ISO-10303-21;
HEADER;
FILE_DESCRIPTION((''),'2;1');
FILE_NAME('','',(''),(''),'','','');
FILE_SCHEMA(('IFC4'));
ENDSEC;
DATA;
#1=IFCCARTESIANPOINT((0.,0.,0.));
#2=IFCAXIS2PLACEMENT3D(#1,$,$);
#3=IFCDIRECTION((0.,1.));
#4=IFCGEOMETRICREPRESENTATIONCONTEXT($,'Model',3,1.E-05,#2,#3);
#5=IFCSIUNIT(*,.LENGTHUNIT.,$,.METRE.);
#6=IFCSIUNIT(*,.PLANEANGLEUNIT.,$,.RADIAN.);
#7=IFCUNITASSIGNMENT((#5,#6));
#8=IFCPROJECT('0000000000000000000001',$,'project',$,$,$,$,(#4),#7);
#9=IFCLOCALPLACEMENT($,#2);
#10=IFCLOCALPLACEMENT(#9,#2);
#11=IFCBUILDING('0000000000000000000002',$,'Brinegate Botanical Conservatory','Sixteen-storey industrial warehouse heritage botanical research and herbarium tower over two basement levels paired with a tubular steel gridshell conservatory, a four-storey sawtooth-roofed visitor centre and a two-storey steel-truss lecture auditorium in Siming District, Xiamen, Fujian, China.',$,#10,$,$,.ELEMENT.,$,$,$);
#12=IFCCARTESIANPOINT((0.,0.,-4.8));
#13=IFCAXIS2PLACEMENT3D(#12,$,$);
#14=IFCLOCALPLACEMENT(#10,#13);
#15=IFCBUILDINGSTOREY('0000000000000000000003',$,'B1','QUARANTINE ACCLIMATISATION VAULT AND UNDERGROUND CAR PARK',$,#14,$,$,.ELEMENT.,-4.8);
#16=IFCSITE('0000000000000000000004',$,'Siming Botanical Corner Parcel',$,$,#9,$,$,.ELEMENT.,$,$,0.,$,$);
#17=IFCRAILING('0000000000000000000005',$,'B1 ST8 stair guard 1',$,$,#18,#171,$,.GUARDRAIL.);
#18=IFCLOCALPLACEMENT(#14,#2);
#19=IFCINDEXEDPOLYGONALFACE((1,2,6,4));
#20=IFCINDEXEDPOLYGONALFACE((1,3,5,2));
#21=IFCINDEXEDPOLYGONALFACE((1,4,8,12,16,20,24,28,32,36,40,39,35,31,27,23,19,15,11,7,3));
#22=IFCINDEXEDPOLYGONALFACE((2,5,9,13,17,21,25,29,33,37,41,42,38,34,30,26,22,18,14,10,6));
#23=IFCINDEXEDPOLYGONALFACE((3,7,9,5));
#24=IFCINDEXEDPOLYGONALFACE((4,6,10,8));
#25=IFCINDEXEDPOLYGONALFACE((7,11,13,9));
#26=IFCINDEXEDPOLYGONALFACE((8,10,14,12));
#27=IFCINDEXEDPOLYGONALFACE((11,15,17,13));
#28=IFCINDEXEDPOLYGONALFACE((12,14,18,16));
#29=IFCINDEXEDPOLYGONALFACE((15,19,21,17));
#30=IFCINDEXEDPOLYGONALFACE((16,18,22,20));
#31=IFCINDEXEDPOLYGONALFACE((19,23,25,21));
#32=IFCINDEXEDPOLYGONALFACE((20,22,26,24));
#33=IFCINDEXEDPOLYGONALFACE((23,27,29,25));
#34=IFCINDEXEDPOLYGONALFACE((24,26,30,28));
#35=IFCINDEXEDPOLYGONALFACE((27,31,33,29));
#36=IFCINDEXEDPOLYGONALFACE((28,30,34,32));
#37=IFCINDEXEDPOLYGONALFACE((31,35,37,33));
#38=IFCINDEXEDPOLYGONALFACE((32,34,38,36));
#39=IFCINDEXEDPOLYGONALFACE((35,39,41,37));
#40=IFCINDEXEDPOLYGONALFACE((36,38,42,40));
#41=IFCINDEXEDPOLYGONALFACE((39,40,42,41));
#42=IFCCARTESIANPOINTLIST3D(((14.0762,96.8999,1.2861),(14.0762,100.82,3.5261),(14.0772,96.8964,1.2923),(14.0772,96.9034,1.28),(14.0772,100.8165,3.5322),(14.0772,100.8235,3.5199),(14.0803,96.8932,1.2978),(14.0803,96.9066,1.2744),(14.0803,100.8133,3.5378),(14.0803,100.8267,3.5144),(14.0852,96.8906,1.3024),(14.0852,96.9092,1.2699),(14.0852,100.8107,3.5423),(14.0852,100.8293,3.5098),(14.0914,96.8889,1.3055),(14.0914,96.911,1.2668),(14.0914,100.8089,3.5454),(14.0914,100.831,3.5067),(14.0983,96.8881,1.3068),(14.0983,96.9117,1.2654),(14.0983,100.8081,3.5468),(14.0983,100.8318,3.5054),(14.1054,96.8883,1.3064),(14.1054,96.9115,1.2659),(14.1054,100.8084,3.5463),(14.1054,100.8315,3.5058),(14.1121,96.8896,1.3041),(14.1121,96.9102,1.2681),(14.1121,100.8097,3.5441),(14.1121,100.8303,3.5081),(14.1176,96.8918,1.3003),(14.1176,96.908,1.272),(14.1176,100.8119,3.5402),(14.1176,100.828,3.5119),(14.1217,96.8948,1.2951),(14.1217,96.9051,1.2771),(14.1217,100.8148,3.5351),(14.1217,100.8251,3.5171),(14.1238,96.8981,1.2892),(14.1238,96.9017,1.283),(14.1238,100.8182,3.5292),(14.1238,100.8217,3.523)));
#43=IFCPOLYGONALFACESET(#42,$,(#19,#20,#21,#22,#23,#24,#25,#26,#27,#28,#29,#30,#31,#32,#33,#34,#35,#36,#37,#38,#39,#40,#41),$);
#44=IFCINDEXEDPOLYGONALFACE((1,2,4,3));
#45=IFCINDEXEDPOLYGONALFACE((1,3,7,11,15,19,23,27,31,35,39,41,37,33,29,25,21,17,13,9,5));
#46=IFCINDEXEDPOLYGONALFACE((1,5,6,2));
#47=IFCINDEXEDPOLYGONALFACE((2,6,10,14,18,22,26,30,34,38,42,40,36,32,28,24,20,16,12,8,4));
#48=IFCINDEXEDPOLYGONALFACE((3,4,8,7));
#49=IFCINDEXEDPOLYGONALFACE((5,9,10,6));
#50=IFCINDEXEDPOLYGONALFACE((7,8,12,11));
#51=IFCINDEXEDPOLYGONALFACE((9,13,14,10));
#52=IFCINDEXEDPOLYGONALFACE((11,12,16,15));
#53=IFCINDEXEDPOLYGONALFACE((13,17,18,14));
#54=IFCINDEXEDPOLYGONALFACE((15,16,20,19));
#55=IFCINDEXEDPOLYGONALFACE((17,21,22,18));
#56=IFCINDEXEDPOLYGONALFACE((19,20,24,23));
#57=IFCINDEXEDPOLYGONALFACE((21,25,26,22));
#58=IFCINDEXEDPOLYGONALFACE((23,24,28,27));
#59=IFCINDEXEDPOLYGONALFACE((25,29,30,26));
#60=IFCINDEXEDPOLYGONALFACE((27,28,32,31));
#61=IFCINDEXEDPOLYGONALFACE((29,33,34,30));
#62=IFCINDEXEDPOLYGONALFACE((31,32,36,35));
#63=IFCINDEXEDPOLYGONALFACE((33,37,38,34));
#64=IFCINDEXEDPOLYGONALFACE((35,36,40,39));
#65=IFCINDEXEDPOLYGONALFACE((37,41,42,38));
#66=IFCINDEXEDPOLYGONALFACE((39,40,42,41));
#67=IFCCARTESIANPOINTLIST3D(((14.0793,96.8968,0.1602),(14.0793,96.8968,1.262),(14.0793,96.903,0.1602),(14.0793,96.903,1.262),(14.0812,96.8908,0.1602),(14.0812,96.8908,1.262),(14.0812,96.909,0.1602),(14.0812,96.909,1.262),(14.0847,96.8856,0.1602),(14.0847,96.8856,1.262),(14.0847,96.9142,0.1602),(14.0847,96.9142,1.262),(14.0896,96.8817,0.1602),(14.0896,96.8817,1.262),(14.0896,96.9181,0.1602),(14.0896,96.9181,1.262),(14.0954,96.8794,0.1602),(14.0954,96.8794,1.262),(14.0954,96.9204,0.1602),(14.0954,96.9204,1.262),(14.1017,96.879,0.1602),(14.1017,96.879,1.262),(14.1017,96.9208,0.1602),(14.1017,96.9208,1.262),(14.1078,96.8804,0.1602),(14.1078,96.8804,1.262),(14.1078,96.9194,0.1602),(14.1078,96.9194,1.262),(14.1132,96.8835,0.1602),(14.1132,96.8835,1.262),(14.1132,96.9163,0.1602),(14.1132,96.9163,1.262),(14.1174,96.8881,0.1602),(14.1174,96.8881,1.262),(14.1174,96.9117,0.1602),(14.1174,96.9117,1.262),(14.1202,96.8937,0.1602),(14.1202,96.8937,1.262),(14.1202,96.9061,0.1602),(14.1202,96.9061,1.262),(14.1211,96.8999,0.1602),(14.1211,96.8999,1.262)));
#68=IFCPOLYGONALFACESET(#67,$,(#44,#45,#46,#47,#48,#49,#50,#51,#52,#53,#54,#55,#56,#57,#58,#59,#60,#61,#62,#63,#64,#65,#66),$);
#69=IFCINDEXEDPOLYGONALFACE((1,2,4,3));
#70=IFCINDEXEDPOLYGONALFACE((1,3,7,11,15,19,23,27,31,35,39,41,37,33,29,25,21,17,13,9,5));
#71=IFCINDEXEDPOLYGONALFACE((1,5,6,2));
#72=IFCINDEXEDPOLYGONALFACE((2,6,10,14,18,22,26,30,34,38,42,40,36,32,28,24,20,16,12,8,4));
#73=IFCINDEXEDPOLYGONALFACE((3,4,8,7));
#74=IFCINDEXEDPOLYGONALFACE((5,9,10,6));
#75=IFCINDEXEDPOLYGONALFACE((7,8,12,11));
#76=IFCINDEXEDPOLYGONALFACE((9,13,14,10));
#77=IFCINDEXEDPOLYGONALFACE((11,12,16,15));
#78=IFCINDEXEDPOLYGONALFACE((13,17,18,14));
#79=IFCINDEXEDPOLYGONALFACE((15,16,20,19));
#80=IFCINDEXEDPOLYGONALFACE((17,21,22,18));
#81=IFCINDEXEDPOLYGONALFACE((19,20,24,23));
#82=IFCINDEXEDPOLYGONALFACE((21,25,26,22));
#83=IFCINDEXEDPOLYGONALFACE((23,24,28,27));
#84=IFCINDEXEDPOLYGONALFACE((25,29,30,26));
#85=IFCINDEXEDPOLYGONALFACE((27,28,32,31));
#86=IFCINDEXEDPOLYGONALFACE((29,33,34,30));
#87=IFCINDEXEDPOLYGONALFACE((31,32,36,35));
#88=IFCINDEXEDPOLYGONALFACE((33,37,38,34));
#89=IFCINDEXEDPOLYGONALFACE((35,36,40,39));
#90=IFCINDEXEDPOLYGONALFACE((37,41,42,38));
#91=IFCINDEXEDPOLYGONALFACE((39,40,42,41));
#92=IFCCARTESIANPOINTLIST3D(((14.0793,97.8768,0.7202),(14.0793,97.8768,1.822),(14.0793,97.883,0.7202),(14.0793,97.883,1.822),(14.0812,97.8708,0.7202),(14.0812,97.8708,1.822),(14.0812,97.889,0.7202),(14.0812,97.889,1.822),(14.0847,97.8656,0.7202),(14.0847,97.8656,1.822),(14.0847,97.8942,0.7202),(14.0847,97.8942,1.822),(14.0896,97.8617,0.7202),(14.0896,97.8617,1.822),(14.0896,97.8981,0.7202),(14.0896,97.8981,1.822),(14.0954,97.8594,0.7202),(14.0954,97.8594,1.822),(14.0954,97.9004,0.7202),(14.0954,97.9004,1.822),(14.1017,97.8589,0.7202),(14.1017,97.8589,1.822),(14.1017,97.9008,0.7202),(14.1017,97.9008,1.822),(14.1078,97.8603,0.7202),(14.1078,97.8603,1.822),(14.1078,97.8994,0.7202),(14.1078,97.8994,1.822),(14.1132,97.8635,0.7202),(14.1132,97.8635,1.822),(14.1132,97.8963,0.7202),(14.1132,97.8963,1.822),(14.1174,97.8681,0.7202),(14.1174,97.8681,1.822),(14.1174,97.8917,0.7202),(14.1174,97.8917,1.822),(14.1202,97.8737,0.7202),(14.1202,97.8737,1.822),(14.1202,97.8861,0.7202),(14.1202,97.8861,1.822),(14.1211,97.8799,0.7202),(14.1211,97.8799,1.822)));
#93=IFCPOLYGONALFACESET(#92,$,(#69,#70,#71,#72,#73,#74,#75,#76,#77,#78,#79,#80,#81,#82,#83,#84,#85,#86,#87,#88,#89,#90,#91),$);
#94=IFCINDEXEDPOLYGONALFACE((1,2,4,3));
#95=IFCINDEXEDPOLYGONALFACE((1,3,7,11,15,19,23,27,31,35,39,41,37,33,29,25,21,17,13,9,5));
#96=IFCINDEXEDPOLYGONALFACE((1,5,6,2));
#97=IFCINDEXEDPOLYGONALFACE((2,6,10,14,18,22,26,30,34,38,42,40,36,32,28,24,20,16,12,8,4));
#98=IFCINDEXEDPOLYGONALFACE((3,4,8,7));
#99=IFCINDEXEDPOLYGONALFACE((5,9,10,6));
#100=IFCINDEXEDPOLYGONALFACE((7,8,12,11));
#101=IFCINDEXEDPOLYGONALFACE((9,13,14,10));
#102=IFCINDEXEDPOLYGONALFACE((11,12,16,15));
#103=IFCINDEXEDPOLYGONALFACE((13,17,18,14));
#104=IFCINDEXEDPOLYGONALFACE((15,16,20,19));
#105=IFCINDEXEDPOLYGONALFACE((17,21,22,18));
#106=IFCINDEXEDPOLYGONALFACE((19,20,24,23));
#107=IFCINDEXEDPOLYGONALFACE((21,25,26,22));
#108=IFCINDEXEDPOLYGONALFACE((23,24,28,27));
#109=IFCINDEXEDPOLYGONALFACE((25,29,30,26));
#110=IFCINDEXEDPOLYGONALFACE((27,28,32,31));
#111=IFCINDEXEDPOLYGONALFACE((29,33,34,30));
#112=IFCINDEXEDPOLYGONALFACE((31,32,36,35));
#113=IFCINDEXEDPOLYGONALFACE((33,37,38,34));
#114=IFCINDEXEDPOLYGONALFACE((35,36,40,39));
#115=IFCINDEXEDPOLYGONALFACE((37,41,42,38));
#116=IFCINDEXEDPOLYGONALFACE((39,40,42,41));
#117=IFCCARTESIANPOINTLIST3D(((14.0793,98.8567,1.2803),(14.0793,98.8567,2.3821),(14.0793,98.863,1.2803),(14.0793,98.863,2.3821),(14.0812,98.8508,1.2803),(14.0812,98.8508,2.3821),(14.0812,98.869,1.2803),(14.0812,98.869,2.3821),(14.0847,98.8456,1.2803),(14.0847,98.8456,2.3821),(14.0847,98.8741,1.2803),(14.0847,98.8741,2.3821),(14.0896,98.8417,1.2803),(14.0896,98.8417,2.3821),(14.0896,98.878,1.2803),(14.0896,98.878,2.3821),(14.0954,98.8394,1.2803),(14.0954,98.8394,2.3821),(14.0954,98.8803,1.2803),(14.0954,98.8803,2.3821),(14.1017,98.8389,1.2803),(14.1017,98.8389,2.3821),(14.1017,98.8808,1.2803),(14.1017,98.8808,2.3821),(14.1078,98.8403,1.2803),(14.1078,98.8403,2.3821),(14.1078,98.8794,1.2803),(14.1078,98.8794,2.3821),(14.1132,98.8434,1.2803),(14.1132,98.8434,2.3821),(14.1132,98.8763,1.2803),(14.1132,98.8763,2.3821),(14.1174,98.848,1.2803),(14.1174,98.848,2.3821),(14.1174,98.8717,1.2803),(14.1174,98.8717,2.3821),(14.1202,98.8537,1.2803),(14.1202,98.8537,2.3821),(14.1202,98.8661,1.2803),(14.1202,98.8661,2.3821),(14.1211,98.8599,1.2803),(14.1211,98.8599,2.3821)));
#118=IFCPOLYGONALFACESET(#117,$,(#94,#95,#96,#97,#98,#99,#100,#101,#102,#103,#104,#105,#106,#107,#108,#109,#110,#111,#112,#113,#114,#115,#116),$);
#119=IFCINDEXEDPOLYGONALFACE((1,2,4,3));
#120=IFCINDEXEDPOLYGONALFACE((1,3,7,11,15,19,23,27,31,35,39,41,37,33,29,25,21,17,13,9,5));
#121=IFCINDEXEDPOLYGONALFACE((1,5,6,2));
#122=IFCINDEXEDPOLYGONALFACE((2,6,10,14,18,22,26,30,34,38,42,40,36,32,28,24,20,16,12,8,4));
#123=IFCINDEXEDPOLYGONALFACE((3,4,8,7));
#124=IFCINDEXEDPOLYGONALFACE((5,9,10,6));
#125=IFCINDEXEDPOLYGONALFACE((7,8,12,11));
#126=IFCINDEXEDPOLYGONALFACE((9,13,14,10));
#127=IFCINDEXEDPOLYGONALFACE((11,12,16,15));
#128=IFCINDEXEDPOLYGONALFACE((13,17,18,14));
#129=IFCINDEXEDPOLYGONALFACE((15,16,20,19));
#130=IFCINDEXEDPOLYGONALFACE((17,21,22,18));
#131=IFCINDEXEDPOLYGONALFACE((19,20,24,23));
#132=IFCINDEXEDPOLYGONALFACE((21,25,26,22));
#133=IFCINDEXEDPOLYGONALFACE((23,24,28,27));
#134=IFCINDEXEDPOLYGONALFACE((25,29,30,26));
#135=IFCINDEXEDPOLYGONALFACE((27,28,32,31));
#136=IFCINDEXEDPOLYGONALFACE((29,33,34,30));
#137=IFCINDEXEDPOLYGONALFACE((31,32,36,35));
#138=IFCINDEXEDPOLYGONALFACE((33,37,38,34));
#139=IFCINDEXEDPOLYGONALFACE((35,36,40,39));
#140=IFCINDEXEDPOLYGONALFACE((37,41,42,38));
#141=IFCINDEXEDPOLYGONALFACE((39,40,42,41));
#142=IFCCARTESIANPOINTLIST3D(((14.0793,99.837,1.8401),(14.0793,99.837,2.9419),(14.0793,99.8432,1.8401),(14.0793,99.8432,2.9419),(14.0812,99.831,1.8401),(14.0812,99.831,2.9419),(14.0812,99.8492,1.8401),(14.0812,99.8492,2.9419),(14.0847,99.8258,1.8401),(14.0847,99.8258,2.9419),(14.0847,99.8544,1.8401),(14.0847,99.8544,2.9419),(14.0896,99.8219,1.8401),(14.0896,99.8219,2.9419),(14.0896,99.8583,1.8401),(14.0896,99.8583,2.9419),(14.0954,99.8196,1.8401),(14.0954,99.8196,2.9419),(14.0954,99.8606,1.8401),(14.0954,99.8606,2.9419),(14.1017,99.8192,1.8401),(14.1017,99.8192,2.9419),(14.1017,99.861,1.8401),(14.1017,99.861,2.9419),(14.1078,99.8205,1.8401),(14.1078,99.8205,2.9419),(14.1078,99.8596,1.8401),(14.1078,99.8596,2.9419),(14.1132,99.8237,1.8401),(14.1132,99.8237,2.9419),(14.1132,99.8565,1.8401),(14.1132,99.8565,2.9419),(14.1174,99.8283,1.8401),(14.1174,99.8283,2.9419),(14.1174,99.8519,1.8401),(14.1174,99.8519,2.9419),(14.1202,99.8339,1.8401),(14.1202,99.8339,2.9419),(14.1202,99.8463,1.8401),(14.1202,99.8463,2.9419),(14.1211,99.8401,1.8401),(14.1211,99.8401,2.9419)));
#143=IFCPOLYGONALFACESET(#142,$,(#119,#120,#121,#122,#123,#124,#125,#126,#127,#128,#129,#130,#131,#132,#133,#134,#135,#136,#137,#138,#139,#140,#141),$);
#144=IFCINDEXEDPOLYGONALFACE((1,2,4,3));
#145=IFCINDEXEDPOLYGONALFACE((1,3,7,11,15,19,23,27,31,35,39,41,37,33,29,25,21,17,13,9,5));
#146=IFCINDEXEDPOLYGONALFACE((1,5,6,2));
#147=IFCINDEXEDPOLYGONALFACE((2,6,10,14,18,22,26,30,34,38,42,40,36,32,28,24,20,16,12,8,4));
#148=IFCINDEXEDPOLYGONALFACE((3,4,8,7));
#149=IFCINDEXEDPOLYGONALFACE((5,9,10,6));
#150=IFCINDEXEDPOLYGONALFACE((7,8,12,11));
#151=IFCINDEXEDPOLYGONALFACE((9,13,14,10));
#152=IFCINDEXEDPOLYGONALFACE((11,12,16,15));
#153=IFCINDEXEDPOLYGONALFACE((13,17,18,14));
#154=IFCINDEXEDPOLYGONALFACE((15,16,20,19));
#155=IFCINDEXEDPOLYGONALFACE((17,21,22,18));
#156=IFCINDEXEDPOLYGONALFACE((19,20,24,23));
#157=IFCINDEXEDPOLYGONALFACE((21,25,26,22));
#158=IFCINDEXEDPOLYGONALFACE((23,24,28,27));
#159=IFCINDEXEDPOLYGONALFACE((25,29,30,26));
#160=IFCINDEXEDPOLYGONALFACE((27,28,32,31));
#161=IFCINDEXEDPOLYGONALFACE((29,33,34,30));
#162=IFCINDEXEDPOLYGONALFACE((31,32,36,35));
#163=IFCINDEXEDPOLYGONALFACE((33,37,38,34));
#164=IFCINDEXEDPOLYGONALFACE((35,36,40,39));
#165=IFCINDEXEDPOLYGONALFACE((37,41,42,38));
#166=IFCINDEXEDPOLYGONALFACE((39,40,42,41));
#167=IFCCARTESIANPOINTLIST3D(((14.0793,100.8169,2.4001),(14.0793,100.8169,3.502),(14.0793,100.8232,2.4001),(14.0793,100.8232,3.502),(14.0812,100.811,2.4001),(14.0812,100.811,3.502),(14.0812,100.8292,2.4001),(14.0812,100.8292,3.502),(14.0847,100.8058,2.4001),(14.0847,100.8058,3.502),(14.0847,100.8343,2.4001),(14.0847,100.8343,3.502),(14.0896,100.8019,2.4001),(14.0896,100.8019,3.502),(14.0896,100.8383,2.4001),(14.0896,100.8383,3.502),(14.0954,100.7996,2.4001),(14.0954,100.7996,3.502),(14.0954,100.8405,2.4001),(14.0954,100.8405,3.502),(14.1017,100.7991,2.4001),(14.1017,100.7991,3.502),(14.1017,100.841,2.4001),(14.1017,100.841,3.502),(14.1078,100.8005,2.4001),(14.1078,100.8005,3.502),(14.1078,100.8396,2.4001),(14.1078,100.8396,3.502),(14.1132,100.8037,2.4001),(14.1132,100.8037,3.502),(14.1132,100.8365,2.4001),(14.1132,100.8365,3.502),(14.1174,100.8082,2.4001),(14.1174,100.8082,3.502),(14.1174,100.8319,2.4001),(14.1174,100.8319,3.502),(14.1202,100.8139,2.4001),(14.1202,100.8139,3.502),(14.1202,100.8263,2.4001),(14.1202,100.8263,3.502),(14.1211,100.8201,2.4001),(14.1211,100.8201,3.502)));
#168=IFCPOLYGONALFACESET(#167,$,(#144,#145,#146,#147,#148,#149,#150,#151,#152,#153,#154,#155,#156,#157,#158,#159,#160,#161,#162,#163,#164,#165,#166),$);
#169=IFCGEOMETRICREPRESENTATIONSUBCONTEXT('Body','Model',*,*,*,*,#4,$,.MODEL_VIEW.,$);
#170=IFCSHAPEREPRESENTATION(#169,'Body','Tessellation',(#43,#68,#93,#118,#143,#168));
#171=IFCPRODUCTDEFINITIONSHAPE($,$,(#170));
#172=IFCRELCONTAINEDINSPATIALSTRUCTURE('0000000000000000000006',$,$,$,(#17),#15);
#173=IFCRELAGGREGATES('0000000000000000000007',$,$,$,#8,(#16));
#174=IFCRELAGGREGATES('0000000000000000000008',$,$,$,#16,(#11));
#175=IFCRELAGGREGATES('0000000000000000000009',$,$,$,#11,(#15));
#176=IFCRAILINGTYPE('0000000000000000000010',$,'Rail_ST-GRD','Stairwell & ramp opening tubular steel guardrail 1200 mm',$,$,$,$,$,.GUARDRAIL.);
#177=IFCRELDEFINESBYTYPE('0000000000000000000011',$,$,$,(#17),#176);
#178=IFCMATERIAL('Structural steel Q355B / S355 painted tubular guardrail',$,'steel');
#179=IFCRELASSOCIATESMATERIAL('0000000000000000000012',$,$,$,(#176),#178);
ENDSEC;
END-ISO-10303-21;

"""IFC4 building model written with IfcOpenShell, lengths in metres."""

from ifc_helpers import new_model, si_unit, direction, frame, origin, origin_2d, place, context, subcontext, project, spatial, circle, extrude, material, type_object, element, save


model = new_model("IFC4")

# Units and contexts
model_context = context("Model", 3, precision=1e-05, world=origin(), true_north=direction((0.0, 1.0)))
body_context = subcontext(model_context, "Body", "Model", "MODEL_VIEW")
ifc_project = project(units=[si_unit("LENGTHUNIT", "METRE"), si_unit("PLANEANGLEUNIT", "RADIAN")], contexts=[model_context])

# Site, building, storey
site_placement = place(None, origin())
site = spatial("IfcSite", under=ifc_project, at=site_placement, Name="Siming Botanical Corner Parcel", CompositionType="ELEMENT", RefElevation=0.0)
building_placement = place(site_placement, origin())
building = spatial("IfcBuilding", under=site, at=building_placement, Name="Brinegate Botanical Conservatory", Description="Sixteen-storey industrial warehouse heritage botanical research and herbarium tower over two basement levels paired with a tubular steel gridshell conservatory, a four-storey sawtooth-roofed visitor centre and a two-storey steel-truss lecture auditorium in Siming District, Xiamen, Fujian, China.", CompositionType="ELEMENT")
storey_placement = place(building_placement, frame((0.0, 0.0, -4.8)))
storey = spatial("IfcBuildingStorey", under=building, at=storey_placement, Name="B1", Description="QUARANTINE ACCLIMATISATION VAULT AND UNDERGROUND CAR PARK", CompositionType="ELEMENT", Elevation=-4.8)

# Railing
ifc_material_1 = material(Name="Structural steel Q355B / S355 painted tubular guardrail", Category="steel")
railing_type_1 = type_object("IfcRailingType", Name="Rail_ST-GRD", Description="Stairwell & ramp opening tubular steel guardrail 1200 mm", PredefinedType="GUARDRAIL", material=ifc_material_1)
railing_1_placement = place(storey_placement, frame((14.1001, 96.8999, 0.1602)))
element("IfcRailing", 1, at=railing_1_placement, inside=storey, type_object=railing_type_1, Name="B1 ST8 stair guard 1", PredefinedType="GUARDRAIL", context=body_context, shape_type="SweptSolid", body=[
    extrude(circle(Radius=0.0239, at=origin_2d()), frame((0.0, 0.0, 1.126), z_axis=(0.0, 0.868253, 0.496121), x_axis=(-1.0, 0.0, 0.0)), (0.0, 0.0, 1.0), 4.5149),
    extrude(circle(Radius=0.021, at=origin_2d()), origin(), (0.0, 0.0, 1.0), 1.1018),
    extrude(circle(Radius=0.021, at=origin_2d()), frame((0.0, 0.98, 0.5601)), (0.0, 0.0, 1.0), 1.1018),
    extrude(circle(Radius=0.021, at=origin_2d()), frame((0.0, 1.96, 1.1201)), (0.0, 0.0, 1.0), 1.1018),
    extrude(circle(Radius=0.021, at=origin_2d()), frame((0.0, 2.9402, 1.6799)), (0.0, 0.0, 1.0), 1.1018),
    extrude(circle(Radius=0.021, at=origin_2d()), frame((0.0, 3.9202, 2.24)), (0.0, 0.0, 1.0), 1.1018),
])

save(model, "model.ifc")
